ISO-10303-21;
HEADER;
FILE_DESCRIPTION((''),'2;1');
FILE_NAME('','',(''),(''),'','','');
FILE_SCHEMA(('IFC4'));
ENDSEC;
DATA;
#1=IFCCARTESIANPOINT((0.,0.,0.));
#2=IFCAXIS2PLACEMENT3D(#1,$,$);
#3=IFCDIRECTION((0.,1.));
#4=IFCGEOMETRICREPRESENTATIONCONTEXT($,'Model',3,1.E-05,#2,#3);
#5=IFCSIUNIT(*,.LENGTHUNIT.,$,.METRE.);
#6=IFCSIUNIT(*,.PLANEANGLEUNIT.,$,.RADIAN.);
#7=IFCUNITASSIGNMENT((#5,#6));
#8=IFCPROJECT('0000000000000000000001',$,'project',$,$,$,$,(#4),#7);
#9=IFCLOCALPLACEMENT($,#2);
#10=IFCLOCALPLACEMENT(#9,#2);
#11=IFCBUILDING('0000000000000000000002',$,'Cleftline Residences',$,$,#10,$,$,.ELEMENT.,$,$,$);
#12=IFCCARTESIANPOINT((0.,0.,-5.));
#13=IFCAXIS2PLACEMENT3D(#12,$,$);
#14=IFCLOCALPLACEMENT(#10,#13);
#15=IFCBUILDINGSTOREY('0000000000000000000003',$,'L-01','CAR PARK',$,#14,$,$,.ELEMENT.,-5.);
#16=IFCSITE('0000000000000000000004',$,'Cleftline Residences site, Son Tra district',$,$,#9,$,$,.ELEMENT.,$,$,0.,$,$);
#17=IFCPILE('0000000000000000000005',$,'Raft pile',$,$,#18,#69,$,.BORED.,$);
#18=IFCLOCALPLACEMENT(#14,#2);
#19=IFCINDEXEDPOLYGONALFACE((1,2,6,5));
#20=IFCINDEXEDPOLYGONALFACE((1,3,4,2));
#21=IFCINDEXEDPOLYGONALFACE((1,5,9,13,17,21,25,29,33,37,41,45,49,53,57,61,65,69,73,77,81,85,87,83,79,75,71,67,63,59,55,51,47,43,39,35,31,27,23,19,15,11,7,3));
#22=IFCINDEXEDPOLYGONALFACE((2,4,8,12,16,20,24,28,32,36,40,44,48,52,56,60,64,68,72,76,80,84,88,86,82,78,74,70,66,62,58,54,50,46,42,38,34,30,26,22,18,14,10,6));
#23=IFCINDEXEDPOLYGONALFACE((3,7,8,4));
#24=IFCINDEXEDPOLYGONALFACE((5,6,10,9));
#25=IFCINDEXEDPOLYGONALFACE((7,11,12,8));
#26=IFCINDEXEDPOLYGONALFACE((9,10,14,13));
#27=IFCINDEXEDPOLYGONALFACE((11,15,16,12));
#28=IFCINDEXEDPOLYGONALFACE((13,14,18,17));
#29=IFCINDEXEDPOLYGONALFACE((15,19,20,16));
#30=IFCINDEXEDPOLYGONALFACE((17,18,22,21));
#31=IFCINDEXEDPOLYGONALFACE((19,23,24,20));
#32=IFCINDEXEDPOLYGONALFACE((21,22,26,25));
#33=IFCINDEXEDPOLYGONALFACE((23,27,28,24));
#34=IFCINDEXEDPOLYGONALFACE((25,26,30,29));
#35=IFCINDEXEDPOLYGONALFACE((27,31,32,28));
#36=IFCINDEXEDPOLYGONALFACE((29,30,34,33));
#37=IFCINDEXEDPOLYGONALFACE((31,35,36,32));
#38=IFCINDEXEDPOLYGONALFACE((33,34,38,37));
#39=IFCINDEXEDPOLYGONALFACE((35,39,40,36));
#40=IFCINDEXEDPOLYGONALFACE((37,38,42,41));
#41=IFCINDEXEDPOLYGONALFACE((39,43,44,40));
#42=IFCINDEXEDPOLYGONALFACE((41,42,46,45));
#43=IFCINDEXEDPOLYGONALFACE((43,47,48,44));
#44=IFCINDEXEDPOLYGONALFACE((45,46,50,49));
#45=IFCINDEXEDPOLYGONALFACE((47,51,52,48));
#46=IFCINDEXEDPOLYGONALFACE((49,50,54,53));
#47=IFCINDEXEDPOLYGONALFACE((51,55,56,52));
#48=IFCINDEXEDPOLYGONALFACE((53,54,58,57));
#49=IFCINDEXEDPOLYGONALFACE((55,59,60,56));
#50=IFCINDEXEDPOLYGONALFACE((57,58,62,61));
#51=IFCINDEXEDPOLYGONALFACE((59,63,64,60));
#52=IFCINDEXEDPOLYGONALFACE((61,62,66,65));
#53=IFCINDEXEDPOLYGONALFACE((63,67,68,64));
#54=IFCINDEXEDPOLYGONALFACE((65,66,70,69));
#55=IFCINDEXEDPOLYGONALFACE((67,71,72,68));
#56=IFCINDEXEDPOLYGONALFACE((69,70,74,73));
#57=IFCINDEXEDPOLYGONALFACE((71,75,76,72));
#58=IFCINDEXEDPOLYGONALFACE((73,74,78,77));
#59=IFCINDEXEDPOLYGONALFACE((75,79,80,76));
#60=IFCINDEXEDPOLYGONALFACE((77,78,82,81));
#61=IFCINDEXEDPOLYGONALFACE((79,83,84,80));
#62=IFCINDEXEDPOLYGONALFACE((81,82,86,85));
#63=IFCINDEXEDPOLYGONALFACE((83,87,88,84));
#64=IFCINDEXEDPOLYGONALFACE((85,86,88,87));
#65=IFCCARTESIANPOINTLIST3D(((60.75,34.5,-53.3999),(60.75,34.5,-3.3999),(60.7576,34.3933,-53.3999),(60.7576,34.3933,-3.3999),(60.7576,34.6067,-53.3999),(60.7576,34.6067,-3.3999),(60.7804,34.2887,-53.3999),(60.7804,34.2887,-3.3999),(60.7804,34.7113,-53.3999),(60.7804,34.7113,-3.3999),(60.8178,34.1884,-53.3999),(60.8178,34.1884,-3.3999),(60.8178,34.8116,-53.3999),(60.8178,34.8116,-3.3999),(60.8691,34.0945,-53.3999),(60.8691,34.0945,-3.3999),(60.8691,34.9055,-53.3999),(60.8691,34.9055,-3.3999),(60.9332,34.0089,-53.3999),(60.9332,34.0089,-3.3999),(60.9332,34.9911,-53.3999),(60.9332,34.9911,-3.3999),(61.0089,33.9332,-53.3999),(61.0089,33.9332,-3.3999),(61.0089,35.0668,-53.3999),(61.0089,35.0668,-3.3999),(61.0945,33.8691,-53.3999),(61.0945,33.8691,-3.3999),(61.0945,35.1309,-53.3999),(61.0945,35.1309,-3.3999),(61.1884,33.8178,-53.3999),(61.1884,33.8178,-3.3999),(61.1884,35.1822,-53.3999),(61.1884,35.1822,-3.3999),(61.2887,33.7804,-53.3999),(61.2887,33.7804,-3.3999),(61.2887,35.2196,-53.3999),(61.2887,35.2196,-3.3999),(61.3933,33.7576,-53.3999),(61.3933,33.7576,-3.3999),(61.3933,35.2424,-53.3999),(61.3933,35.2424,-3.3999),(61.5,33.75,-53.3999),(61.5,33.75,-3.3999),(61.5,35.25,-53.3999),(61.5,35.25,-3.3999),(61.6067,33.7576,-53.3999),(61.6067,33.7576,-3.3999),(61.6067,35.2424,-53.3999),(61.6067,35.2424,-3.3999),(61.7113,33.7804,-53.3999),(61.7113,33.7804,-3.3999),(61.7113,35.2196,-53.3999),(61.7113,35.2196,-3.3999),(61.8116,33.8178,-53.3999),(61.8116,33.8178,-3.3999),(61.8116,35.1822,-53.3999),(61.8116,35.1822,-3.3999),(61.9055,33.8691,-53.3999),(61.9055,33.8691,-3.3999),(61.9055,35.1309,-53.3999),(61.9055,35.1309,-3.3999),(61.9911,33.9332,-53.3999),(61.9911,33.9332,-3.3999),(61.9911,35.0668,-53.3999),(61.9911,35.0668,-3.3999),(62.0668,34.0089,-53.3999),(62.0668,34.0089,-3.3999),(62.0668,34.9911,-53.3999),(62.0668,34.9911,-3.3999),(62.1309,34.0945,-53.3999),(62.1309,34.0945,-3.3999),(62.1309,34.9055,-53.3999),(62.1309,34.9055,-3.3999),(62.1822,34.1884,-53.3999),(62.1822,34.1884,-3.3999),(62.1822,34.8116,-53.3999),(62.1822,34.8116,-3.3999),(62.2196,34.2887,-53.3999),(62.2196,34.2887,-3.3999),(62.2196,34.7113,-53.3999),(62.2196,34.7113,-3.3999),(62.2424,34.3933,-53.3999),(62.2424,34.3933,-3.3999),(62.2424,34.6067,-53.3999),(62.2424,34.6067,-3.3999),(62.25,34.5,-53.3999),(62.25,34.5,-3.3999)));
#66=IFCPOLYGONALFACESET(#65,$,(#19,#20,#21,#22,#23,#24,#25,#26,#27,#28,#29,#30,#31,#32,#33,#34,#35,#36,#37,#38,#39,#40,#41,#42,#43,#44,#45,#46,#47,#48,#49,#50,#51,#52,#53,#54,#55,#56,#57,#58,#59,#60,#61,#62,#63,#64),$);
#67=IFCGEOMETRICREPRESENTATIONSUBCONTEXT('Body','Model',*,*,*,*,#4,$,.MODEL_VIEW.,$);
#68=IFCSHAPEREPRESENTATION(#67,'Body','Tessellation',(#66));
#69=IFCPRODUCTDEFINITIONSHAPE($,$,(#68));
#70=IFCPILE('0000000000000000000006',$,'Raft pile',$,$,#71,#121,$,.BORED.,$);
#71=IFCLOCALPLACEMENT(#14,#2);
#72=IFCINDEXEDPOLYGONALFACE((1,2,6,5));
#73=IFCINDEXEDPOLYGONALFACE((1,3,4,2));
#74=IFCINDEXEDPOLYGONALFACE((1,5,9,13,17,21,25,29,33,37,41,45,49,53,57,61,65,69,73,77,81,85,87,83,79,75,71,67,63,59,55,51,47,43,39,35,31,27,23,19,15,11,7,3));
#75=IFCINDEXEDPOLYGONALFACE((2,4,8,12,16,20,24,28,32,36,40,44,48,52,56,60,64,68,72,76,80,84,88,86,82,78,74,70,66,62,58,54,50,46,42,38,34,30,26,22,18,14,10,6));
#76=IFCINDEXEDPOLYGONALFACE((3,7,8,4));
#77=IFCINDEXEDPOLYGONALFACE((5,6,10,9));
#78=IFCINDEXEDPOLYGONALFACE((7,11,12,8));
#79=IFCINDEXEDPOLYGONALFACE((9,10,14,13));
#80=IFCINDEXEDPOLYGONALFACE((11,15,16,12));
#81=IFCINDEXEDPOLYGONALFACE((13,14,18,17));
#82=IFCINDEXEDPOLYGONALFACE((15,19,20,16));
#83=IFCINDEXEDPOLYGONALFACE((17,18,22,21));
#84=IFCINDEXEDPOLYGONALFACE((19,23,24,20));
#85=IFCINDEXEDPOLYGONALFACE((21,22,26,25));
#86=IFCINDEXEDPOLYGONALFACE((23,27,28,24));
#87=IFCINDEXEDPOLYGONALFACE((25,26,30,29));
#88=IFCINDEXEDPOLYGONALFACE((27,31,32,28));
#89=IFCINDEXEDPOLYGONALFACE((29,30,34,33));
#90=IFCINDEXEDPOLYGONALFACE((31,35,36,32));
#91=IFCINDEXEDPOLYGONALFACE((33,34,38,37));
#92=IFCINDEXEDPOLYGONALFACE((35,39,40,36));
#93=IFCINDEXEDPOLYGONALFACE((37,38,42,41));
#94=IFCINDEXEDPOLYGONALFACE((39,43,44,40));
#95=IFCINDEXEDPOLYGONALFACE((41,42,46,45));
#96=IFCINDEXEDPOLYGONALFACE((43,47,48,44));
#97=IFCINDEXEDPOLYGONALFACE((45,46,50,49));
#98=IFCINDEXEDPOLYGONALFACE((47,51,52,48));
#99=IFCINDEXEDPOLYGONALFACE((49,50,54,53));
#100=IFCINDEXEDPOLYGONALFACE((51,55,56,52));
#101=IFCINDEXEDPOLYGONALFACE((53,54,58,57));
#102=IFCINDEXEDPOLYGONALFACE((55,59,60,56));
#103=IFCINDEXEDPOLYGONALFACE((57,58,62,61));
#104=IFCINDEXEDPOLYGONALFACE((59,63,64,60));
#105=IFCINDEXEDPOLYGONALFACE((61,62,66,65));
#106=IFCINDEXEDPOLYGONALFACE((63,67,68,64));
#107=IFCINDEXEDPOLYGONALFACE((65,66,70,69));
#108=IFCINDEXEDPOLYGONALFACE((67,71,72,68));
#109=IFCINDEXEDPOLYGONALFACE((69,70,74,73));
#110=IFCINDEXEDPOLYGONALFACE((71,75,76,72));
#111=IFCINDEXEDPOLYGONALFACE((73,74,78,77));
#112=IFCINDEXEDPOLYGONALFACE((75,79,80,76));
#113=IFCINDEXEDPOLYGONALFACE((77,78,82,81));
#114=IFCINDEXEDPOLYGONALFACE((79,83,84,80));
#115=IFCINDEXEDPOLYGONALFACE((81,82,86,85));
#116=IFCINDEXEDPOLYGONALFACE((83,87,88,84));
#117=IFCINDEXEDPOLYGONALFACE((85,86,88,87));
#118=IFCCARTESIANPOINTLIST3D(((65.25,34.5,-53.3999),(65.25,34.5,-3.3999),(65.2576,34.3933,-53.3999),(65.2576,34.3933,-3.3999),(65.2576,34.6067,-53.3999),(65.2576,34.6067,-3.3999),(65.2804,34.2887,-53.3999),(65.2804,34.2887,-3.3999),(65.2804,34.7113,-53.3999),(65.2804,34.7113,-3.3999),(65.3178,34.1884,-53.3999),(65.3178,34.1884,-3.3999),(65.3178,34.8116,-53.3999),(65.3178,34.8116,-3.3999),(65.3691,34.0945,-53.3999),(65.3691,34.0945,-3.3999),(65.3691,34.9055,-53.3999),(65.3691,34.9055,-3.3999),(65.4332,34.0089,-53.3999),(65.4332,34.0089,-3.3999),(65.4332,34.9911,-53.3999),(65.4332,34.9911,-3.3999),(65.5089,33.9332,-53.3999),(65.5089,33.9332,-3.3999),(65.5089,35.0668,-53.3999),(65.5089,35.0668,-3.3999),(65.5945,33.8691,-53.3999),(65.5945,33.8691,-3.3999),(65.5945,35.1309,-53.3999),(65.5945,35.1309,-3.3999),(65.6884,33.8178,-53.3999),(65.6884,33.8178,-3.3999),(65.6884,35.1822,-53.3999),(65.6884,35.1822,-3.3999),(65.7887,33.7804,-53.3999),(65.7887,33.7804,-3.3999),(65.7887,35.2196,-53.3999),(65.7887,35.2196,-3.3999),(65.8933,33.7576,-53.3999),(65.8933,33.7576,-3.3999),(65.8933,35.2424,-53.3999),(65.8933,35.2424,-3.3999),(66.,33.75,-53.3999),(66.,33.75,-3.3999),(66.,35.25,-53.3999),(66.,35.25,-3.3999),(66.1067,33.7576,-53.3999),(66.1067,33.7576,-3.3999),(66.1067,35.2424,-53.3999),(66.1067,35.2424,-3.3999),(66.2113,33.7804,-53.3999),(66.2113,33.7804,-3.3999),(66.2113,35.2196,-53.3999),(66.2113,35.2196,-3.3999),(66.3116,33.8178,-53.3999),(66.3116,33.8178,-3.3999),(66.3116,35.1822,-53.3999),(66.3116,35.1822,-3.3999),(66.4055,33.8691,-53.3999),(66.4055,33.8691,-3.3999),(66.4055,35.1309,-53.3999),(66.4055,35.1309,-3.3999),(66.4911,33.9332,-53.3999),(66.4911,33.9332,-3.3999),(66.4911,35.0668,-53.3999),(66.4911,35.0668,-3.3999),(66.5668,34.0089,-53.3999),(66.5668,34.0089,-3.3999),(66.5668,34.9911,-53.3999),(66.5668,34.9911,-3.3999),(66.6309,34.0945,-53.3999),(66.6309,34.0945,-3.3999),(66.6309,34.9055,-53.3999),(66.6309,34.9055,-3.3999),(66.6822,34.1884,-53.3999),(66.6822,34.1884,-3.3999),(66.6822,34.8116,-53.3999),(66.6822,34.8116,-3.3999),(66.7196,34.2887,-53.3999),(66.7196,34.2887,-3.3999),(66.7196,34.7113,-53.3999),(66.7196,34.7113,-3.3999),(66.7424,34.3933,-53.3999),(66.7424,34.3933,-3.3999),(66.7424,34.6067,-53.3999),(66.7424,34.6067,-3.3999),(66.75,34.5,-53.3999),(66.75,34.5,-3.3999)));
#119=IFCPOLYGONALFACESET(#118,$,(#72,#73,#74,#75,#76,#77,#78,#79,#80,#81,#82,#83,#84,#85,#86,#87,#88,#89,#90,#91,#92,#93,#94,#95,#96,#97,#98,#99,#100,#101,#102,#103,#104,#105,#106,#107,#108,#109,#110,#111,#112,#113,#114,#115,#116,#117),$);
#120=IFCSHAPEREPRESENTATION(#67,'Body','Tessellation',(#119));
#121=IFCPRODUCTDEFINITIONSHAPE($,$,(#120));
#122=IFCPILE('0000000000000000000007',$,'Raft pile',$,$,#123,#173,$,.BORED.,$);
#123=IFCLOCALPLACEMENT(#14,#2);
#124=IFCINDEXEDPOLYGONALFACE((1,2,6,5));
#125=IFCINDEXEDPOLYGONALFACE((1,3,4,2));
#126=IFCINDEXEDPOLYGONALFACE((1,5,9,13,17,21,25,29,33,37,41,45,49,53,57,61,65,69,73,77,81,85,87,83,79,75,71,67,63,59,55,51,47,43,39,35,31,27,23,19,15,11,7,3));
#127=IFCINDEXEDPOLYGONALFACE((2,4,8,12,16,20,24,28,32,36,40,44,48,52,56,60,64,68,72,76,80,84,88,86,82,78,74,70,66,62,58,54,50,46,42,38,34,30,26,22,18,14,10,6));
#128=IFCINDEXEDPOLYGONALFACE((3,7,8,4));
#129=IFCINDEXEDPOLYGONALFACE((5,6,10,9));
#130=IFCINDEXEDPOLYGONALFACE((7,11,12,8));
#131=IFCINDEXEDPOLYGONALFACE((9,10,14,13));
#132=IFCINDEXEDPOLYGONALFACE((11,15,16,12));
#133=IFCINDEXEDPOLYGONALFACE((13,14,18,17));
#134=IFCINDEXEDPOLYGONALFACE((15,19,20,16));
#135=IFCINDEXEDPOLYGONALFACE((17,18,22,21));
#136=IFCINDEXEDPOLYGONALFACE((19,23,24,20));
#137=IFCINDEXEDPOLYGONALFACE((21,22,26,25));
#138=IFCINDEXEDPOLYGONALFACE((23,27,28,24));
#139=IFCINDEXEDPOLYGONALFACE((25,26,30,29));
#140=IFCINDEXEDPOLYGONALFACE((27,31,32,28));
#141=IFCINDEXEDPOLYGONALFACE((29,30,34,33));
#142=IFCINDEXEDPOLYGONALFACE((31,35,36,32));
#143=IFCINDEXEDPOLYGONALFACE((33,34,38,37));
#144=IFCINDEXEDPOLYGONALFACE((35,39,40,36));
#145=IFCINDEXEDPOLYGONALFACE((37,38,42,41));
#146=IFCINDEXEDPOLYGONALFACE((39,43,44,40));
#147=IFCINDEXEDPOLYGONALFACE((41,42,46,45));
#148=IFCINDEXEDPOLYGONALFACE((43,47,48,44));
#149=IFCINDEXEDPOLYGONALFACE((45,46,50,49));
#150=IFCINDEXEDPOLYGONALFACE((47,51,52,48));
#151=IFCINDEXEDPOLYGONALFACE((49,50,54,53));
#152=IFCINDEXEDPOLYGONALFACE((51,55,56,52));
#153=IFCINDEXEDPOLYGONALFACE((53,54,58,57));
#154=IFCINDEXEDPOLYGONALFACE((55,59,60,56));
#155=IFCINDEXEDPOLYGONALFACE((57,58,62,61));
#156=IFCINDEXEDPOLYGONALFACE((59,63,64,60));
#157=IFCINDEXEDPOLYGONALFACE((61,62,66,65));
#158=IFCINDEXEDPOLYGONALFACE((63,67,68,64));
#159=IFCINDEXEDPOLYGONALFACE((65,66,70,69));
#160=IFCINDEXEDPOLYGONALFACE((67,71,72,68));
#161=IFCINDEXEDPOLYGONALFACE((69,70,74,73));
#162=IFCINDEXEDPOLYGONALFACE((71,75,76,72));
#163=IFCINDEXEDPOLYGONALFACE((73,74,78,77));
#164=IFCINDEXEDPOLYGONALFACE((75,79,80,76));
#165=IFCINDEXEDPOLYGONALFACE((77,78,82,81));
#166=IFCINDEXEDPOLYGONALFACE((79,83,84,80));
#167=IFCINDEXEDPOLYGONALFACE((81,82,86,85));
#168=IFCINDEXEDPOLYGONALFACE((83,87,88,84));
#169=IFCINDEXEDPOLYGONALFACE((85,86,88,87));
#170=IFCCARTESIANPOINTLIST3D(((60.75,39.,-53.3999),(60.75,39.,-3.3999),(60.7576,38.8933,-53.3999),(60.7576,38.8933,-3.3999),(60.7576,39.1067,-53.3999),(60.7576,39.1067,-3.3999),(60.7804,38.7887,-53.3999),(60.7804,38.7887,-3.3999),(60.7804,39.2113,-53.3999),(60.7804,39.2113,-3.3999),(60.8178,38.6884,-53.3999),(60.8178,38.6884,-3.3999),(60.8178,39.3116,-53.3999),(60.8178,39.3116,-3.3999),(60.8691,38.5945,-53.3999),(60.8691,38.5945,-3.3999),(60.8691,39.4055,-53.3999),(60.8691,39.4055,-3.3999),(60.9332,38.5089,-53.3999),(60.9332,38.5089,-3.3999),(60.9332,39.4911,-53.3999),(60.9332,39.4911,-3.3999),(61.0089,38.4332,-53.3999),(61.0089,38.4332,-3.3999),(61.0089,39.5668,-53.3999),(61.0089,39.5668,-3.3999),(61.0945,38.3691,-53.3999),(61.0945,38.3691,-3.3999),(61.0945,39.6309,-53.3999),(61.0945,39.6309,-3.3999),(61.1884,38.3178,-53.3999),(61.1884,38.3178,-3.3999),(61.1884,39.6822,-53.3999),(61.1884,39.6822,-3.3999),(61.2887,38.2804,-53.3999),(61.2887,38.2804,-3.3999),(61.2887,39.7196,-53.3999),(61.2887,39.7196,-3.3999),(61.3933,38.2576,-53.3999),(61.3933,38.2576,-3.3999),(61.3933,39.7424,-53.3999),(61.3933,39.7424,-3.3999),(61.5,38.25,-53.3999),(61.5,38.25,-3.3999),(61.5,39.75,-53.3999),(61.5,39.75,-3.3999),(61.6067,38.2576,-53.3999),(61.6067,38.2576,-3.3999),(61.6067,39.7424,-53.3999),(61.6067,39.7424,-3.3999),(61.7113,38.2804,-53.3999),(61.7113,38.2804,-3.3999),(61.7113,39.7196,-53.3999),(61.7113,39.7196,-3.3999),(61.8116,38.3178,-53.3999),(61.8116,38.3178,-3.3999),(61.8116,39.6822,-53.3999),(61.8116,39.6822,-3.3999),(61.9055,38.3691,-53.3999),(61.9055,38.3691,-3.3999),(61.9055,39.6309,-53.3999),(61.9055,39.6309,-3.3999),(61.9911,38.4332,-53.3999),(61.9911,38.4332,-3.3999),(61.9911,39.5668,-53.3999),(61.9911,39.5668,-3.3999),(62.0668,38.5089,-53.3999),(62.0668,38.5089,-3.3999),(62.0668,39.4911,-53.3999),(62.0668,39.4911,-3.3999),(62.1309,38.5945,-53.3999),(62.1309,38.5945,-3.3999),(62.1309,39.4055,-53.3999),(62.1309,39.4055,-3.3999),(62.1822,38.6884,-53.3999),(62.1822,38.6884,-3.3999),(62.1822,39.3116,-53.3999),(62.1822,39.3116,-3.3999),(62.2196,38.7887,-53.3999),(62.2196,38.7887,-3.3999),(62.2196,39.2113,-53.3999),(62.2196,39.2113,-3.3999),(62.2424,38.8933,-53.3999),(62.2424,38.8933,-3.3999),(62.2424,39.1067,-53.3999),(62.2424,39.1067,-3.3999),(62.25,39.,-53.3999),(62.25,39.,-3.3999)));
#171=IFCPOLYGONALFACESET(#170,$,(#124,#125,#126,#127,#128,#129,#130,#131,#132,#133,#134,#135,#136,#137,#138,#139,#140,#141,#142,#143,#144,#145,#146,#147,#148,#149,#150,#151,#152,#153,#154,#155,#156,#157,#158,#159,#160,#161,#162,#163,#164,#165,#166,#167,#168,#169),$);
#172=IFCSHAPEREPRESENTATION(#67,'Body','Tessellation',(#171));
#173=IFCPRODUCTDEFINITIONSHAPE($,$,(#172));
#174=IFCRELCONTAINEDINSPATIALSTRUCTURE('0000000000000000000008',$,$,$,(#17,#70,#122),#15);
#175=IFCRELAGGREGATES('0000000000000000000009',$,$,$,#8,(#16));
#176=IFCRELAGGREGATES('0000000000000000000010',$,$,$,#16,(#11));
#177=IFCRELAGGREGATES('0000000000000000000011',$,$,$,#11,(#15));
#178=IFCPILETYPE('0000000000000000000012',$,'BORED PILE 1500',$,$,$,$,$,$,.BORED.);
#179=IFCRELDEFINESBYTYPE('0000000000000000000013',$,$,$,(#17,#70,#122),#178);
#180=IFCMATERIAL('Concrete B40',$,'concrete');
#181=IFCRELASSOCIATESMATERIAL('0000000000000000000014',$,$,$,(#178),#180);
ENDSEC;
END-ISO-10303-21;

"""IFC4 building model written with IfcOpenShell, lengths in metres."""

from ifc_helpers import new_model, si_unit, direction, frame, origin, origin_2d, place, context, subcontext, project, spatial, circle, extrude, material, material_profile, profile_set, type_object, element, save


model = new_model("IFC4")

# Units and contexts
model_context = context("Model", 3, precision=1e-05, world=origin(), true_north=direction((0.0, 1.0)))
body_context = subcontext(model_context, "Body", "Model", "MODEL_VIEW")
ifc_project = project(units=[si_unit("LENGTHUNIT", "METRE"), si_unit("PLANEANGLEUNIT", "RADIAN")], contexts=[model_context])

# Site, building, storey
site_placement = place(None, origin())
site = spatial("IfcSite", under=ifc_project, at=site_placement, Name="Cleftline Residences site, Son Tra district", CompositionType="ELEMENT", RefElevation=0.0)
building_placement = place(site_placement, origin())
building = spatial("IfcBuilding", under=site, at=building_placement, Name="Cleftline Residences", CompositionType="ELEMENT")
storey_placement = place(building_placement, frame((0.0, 0.0, -5.0)))
storey = spatial("IfcBuildingStorey", under=building, at=storey_placement, Name="L-01", Description="CAR PARK", CompositionType="ELEMENT", Elevation=-5.0)

# Piles
ifc_material_1 = material(Name="Concrete B40", Category="concrete")
ifc_material_profile_1 = material_profile(ifc_material_1, circle(Radius=0.75, at=origin_2d()))
ifc_profile_set_1 = profile_set([ifc_material_profile_1], Name="Concrete B40")
pile_type_1 = type_object("IfcPileType", Name="BORED PILE 1500", PredefinedType="BORED", material=ifc_profile_set_1)
for number, where, z_axis, x_axis, name in (
    (1, (61.5, 34.5, -3.3999), (0.0, 0.0, -1.0), (1.0, 0.0, 0.0), "Raft pile"),
    (2, (66.0, 34.5, -3.3999), (0.0, 0.0, -1.0), (1.0, 0.0, 0.0), "Raft pile"),
    (3, (61.5, 39.0, -3.3999), (0.0, 0.0, -1.0), (1.0, 0.0, 0.0), "Raft pile"),
):
    element("IfcPile", number, at=place(storey_placement, frame(where, z_axis=z_axis, x_axis=x_axis)), inside=storey, type_object=pile_type_1, Name=name, PredefinedType="BORED", context=body_context, shape_type="SweptSolid", body=[
        extrude(circle(Radius=0.75, at=origin_2d()), origin(), (0.0, 0.0, 1.0), 50.0),
    ])

save(model, "model.ifc")
